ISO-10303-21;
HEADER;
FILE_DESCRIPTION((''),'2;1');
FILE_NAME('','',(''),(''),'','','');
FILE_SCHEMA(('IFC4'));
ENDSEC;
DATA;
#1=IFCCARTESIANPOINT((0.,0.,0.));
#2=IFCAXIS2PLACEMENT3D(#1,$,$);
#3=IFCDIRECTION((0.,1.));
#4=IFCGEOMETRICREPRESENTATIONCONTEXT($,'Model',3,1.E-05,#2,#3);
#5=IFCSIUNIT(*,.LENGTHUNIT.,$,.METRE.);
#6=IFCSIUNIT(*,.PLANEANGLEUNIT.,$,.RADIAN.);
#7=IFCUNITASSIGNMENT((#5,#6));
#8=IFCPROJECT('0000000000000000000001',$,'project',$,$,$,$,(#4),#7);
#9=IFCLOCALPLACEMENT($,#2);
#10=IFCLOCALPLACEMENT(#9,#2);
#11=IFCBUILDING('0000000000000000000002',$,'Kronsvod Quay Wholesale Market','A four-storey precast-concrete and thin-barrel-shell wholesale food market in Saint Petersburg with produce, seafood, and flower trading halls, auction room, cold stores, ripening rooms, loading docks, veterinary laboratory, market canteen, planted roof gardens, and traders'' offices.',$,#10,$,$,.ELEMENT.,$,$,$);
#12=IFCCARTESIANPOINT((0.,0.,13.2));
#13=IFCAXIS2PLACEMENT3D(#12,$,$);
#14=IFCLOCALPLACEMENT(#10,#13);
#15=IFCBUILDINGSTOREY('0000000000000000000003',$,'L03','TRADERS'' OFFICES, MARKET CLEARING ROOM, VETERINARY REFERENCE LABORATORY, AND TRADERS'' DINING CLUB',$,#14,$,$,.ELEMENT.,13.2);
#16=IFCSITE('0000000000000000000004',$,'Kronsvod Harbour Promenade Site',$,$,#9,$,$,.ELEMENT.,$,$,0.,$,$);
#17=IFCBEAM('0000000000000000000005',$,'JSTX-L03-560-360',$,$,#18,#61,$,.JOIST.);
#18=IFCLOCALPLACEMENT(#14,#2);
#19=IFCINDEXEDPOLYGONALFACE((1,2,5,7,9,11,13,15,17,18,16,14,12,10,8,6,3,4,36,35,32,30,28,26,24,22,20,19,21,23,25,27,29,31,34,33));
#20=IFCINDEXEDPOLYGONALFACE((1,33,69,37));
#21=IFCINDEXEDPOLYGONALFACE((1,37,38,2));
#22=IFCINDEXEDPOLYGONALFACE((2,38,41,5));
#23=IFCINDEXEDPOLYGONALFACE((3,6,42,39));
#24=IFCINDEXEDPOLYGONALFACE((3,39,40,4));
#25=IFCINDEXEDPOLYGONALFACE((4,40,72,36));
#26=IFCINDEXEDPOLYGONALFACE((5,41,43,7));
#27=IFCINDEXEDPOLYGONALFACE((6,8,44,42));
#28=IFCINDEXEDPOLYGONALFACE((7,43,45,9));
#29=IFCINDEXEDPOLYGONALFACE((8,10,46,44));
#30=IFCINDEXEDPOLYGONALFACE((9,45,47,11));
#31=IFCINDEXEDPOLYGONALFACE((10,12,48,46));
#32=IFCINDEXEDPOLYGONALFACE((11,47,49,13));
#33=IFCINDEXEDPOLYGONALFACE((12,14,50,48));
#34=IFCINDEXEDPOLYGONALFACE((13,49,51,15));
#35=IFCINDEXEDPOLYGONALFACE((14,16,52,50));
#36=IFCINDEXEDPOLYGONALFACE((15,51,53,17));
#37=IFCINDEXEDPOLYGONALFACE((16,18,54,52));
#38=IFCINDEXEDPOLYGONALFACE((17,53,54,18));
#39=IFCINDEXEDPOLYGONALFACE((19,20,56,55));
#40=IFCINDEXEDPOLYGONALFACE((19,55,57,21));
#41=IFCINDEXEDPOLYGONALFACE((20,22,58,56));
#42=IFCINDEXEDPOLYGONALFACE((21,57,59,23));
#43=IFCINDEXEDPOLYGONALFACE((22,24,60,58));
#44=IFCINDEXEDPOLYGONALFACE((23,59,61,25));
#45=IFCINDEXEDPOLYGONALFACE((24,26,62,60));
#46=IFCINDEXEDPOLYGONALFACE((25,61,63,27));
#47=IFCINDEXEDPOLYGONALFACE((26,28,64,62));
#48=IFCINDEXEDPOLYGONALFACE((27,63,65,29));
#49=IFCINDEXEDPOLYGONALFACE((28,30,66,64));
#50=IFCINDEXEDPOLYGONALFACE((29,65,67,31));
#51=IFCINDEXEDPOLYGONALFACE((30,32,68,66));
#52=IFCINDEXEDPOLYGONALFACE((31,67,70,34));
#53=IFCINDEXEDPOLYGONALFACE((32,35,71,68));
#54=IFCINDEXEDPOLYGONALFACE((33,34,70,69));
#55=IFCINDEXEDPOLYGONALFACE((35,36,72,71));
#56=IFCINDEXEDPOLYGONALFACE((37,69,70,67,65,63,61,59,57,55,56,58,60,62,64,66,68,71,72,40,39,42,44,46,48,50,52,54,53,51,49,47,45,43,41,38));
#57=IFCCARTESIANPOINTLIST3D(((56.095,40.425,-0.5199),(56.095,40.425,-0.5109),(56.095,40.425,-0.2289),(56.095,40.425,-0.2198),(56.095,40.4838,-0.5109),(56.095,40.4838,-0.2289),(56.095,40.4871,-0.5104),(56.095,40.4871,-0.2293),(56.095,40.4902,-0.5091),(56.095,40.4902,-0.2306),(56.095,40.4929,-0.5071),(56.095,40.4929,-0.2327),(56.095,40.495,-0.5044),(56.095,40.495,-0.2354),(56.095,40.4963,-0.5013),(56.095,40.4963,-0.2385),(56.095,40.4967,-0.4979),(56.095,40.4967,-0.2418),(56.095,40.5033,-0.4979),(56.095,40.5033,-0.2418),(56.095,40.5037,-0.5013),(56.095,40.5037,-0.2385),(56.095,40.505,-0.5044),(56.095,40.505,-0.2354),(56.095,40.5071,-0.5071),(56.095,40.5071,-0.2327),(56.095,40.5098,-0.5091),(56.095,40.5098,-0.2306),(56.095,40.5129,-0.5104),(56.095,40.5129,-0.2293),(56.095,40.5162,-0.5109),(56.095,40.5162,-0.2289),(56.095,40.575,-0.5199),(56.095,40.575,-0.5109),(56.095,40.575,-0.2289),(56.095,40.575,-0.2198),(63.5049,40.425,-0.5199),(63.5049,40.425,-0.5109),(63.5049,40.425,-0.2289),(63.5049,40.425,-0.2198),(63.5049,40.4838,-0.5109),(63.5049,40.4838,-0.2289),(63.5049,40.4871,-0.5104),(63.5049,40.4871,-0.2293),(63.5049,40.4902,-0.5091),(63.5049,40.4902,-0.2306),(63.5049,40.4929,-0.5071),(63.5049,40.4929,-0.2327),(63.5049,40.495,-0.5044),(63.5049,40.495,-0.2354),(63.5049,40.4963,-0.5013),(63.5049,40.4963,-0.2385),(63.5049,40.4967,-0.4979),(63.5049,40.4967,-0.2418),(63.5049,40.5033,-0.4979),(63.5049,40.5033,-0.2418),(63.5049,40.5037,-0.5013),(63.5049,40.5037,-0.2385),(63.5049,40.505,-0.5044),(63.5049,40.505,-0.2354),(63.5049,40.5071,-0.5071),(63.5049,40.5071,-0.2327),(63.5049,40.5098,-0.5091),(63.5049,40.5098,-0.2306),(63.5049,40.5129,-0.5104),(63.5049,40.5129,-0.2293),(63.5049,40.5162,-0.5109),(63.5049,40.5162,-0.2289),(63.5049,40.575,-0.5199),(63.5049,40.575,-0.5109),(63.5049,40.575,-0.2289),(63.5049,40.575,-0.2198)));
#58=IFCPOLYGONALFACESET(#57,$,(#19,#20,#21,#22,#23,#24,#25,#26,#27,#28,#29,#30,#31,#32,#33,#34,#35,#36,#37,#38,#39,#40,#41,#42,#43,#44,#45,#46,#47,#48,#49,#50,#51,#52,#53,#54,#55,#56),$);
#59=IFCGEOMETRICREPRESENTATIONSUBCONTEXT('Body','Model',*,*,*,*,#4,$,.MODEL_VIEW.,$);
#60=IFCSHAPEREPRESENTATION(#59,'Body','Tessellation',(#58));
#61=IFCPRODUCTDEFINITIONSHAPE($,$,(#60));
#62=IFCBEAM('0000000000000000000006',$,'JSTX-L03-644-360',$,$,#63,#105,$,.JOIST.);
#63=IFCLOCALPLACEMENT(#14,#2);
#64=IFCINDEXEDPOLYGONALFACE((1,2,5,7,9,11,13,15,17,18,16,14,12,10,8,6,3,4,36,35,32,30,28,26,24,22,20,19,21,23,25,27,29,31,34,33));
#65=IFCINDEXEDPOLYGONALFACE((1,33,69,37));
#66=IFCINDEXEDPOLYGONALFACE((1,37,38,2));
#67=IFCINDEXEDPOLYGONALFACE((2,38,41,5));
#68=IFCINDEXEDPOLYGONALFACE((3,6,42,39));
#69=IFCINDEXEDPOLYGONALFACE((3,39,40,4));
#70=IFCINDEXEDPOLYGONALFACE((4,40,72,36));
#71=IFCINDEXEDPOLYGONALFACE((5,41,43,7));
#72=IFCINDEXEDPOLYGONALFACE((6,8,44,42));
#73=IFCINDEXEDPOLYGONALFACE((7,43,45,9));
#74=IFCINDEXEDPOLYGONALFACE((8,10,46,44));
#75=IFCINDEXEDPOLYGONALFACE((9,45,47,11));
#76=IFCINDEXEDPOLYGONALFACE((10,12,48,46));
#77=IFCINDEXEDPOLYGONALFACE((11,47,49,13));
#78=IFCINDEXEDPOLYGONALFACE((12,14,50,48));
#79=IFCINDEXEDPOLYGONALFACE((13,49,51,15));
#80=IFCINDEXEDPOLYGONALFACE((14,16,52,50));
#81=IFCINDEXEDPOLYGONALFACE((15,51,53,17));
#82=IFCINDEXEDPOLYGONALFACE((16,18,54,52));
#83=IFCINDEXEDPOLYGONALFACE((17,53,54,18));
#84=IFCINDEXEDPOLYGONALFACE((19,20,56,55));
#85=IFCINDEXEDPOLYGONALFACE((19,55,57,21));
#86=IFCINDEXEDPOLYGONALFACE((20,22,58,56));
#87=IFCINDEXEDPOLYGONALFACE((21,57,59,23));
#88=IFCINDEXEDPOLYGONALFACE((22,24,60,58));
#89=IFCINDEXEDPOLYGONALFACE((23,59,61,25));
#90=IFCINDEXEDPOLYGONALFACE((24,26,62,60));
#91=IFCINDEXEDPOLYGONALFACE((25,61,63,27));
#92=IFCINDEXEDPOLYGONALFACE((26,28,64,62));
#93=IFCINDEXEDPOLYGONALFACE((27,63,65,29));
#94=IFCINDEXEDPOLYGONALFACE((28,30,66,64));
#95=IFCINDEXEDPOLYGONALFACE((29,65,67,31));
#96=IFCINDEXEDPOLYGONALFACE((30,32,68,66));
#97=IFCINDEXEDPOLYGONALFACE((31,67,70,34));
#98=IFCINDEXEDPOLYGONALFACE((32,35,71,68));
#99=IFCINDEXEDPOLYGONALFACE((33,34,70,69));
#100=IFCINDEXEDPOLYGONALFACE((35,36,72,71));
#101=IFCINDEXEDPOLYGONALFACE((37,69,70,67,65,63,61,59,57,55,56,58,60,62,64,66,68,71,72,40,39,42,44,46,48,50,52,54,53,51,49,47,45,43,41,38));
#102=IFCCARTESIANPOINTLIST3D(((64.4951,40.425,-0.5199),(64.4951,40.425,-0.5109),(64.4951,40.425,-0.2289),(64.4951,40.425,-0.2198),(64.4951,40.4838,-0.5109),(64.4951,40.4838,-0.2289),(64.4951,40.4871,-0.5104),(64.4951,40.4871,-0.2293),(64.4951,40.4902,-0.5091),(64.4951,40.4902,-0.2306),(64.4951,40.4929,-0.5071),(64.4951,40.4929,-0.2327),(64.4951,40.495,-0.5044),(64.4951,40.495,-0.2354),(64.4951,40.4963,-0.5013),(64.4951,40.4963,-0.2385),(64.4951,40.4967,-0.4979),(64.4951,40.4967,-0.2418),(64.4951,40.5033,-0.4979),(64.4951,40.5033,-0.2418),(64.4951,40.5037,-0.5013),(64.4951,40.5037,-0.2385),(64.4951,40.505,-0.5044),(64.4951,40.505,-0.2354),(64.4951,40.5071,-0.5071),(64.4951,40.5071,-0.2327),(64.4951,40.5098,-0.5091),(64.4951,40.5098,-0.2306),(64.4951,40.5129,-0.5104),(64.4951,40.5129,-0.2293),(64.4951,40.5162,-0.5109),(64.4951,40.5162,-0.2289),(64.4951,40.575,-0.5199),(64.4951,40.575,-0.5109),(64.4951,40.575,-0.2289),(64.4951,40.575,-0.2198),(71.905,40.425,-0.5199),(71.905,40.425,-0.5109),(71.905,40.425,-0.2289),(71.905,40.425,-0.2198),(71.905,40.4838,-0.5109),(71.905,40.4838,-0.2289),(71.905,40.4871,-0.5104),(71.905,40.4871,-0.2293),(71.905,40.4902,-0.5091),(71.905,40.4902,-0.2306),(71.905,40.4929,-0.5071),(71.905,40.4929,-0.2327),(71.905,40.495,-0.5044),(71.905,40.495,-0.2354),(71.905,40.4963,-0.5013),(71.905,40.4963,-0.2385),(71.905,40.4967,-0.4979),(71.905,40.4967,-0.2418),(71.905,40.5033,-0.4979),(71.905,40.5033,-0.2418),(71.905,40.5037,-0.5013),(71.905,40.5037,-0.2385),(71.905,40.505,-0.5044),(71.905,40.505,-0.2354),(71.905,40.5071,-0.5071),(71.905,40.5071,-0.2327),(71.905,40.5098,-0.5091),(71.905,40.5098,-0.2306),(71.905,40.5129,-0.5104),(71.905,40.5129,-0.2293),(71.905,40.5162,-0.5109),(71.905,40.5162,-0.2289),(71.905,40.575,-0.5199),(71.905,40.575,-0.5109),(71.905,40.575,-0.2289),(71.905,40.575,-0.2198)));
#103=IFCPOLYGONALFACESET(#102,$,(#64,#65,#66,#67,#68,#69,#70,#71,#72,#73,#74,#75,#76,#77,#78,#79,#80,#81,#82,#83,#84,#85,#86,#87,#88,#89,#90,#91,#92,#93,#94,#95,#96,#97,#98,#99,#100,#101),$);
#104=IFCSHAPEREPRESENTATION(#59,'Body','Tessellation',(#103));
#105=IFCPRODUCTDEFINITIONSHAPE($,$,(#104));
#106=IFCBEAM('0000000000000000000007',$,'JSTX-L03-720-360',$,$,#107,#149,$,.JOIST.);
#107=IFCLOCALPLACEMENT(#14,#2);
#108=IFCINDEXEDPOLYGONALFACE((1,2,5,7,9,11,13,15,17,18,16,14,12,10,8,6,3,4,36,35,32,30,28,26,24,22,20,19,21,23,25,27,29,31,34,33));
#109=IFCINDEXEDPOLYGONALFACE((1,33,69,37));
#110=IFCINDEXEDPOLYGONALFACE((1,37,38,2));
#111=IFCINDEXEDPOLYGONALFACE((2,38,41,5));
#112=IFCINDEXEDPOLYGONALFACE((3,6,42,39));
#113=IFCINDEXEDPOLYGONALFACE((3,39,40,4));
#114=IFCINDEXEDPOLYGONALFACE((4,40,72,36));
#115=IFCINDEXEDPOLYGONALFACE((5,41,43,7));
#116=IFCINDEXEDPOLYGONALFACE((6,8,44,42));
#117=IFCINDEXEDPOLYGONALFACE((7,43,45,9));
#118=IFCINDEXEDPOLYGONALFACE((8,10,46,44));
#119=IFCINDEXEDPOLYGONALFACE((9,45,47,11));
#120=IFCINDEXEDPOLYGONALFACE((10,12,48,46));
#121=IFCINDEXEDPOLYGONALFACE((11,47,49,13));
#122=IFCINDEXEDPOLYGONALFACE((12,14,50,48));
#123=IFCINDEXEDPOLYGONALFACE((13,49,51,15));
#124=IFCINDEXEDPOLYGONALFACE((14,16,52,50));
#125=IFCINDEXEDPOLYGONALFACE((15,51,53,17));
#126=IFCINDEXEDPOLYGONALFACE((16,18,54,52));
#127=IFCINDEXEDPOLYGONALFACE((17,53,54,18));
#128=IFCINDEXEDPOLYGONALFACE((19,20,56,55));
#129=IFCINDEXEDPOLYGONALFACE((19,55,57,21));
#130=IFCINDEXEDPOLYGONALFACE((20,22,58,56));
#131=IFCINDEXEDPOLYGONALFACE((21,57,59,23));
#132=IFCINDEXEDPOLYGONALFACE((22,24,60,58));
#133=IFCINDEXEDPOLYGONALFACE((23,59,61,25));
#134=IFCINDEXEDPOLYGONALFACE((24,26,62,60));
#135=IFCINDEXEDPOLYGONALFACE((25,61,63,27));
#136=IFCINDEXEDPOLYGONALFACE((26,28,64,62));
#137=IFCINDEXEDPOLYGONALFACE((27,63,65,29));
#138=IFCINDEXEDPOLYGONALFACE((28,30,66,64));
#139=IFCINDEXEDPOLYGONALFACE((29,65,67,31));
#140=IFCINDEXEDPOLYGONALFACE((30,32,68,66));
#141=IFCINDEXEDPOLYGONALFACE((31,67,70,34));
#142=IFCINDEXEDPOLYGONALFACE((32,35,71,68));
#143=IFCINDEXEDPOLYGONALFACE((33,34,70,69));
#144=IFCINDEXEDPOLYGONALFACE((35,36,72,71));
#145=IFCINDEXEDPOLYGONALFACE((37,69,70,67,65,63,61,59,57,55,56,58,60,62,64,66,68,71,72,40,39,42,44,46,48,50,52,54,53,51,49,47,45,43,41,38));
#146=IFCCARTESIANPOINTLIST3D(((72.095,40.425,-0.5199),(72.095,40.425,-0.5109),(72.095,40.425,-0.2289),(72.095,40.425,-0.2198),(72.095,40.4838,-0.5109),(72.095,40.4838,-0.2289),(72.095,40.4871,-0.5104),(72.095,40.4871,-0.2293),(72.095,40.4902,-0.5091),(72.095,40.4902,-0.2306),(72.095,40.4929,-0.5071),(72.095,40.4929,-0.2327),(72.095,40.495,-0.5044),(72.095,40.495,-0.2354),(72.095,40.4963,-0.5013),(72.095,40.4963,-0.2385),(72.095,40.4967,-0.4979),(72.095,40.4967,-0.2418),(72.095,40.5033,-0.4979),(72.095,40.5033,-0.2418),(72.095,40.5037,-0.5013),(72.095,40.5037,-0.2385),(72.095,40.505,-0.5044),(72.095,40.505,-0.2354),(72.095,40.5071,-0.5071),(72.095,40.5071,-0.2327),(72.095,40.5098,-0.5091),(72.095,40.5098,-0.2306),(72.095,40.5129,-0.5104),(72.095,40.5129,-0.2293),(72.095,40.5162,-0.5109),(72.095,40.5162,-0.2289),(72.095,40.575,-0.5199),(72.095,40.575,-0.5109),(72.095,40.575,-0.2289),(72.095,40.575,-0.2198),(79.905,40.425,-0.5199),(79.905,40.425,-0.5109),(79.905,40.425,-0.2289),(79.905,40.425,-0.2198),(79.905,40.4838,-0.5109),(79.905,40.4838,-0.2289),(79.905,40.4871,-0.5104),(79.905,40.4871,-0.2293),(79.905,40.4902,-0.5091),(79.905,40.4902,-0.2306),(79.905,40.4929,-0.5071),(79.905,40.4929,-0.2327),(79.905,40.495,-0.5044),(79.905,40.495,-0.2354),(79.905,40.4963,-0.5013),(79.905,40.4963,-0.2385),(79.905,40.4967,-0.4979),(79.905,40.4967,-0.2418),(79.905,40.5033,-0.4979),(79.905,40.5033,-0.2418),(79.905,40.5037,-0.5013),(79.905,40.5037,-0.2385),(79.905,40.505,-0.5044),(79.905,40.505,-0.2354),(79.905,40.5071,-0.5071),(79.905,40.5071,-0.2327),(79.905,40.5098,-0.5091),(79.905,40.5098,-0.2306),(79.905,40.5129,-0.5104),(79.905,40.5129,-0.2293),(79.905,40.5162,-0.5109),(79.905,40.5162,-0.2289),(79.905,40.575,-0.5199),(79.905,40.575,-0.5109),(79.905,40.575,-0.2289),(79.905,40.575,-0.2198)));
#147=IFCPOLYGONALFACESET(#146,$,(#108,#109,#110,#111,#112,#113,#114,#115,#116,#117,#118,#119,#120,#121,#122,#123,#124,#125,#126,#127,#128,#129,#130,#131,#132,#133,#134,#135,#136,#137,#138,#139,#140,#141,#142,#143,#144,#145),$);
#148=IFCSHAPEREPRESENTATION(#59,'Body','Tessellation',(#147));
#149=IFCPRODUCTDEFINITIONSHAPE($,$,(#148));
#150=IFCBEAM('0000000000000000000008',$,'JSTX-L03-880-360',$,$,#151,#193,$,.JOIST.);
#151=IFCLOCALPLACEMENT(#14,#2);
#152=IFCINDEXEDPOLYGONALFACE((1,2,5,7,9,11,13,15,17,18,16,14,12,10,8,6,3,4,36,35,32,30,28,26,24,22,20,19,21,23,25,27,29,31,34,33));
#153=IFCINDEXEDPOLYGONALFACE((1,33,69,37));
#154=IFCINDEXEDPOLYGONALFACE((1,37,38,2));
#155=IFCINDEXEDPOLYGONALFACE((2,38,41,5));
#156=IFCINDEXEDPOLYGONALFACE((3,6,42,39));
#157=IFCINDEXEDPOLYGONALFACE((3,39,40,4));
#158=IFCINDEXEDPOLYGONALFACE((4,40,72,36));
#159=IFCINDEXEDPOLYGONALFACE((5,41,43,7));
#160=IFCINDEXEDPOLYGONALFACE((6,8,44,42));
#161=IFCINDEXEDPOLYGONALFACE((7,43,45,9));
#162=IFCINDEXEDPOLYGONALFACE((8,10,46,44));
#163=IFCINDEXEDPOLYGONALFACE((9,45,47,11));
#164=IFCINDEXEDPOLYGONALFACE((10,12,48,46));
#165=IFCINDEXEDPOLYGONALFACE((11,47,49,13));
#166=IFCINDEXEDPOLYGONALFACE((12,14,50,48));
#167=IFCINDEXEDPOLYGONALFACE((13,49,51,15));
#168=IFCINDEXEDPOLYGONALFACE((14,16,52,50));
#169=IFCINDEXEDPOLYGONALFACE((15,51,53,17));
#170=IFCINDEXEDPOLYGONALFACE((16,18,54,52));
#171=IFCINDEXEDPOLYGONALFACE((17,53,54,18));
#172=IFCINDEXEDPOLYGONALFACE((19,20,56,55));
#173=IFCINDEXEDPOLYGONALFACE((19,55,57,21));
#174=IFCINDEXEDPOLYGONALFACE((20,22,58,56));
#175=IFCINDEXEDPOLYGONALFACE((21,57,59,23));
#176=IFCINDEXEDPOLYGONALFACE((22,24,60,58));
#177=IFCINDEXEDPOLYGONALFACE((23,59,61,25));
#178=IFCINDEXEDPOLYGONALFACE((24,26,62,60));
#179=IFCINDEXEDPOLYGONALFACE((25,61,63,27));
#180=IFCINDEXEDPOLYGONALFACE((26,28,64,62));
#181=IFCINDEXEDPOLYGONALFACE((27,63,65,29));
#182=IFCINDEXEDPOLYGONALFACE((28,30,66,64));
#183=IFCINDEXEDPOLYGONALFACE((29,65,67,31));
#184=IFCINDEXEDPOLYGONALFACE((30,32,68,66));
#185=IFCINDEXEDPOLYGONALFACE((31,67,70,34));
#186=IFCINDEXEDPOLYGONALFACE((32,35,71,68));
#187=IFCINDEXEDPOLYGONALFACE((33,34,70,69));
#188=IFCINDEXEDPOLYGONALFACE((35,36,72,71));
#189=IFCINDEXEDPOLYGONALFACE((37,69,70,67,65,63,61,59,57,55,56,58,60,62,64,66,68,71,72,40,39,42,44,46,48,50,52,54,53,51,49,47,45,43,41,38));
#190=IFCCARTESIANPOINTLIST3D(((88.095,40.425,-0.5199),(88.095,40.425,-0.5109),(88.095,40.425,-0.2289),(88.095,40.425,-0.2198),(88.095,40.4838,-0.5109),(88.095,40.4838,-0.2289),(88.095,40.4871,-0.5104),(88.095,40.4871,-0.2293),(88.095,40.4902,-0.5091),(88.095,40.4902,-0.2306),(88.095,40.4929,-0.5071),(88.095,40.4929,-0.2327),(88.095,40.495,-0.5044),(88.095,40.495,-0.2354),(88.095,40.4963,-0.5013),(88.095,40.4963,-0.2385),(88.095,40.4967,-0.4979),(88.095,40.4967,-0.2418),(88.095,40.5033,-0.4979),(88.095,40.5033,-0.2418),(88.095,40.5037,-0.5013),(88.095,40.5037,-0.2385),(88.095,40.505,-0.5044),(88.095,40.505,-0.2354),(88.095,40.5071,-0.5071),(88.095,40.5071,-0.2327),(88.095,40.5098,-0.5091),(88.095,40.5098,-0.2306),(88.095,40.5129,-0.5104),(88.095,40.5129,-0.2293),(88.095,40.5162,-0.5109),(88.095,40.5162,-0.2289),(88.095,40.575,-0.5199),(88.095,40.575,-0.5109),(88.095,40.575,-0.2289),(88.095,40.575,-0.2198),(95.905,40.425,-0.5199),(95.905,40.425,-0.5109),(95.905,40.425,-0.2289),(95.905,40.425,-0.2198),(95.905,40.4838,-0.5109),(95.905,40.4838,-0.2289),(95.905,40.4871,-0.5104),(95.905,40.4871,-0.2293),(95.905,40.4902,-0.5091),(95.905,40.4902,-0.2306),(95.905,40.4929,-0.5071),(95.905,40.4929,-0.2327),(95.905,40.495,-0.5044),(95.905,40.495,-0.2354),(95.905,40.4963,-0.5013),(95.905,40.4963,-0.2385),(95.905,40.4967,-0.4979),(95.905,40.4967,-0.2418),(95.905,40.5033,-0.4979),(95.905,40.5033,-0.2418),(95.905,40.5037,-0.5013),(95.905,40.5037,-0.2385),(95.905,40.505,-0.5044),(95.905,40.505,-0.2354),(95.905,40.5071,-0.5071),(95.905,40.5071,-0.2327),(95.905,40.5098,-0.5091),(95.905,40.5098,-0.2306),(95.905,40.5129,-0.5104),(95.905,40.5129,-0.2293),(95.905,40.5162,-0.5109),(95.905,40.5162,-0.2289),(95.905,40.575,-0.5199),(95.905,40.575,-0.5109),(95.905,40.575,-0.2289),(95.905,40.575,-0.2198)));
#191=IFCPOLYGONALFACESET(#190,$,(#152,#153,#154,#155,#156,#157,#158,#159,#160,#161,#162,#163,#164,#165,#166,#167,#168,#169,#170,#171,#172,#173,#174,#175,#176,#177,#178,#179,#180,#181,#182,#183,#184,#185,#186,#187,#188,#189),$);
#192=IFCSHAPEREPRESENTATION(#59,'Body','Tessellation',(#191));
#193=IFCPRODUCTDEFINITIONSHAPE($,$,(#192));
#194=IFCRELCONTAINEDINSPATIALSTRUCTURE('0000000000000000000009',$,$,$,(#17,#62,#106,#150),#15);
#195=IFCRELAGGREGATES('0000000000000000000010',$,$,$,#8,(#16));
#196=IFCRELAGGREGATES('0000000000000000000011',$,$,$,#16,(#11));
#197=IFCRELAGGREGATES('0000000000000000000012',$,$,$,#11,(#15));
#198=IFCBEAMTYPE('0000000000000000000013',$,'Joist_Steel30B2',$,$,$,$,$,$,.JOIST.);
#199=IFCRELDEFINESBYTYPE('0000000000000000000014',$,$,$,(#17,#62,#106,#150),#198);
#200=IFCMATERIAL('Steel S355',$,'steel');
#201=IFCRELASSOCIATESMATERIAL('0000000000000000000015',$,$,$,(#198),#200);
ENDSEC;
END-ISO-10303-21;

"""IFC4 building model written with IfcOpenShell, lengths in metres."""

from ifc_helpers import new_model, si_unit, direction, frame, origin, origin_2d, place, context, subcontext, project, spatial, i_section, extrude, material, material_profile, profile_set, type_object, element, save


model = new_model("IFC4")

# Units and contexts
model_context = context("Model", 3, precision=1e-05, world=origin(), true_north=direction((0.0, 1.0)))
body_context = subcontext(model_context, "Body", "Model", "MODEL_VIEW")
ifc_project = project(units=[si_unit("LENGTHUNIT", "METRE"), si_unit("PLANEANGLEUNIT", "RADIAN")], contexts=[model_context])

# Site, building, storey
site_placement = place(None, origin())
site = spatial("IfcSite", under=ifc_project, at=site_placement, Name="Kronsvod Harbour Promenade Site", CompositionType="ELEMENT", RefElevation=0.0)
building_placement = place(site_placement, origin())
building = spatial("IfcBuilding", under=site, at=building_placement, Name="Kronsvod Quay Wholesale Market", Description="A four-storey precast-concrete and thin-barrel-shell wholesale food market in Saint Petersburg with produce, seafood, and flower trading halls, auction room, cold stores, ripening rooms, loading docks, veterinary laboratory, market canteen, planted roof gardens, and traders' offices.", CompositionType="ELEMENT")
storey_placement = place(building_placement, frame((0.0, 0.0, 13.2)))
storey = spatial("IfcBuildingStorey", under=building, at=storey_placement, Name="L03", Description="TRADERS' OFFICES, MARKET CLEARING ROOM, VETERINARY REFERENCE LABORATORY, AND TRADERS' DINING CLUB", CompositionType="ELEMENT", Elevation=13.2)

# Beams
ifc_material_1 = material(Name="Steel S355", Category="steel")
ifc_material_profile_1 = material_profile(ifc_material_1, i_section(OverallWidth=0.1499, OverallDepth=0.3, WebThickness=0.0066, FlangeThickness=0.009, FilletRadius=0.0129, at=origin_2d()), Name="30B2")
ifc_profile_set_1 = profile_set([ifc_material_profile_1], Name="Steel S355")
beam_type_1 = type_object("IfcBeamType", Name="Joist_Steel30B2", PredefinedType="JOIST", material=ifc_profile_set_1)
for number, where, z_axis, x_axis, name in (
    (1, (56.095, 40.5, -0.3699), (1.0, 0.0, 0.0), (0.0, 1.0, 0.0), "JSTX-L03-560-360"),
    (2, (64.4951, 40.5, -0.3699), (1.0, 0.0, 0.0), (0.0, 1.0, 0.0), "JSTX-L03-644-360"),
):
    element("IfcBeam", number, at=place(storey_placement, frame(where, z_axis=z_axis, x_axis=x_axis)), inside=storey, type_object=beam_type_1, Name=name, PredefinedType="JOIST", context=body_context, shape_type="SweptSolid", body=[
        extrude(i_section(OverallWidth=0.1499, OverallDepth=0.3, WebThickness=0.0066, FlangeThickness=0.009, FilletRadius=0.0129, at=origin_2d()), origin(), (0.0, 0.0, 1.0), 7.4099),
    ])
for number, where, z_axis, x_axis, name in (
    (3, (72.095, 40.5, -0.3699), (1.0, 0.0, 0.0), (0.0, 1.0, 0.0), "JSTX-L03-720-360"),
    (4, (88.095, 40.5, -0.3699), (1.0, 0.0, 0.0), (0.0, 1.0, 0.0), "JSTX-L03-880-360"),
):
    element("IfcBeam", number, at=place(storey_placement, frame(where, z_axis=z_axis, x_axis=x_axis)), inside=storey, type_object=beam_type_1, Name=name, PredefinedType="JOIST", context=body_context, shape_type="SweptSolid", body=[
        extrude(i_section(OverallWidth=0.1499, OverallDepth=0.3, WebThickness=0.0066, FlangeThickness=0.009, FilletRadius=0.0129, at=origin_2d()), origin(), (0.0, 0.0, 1.0), 7.8101),
    ])

save(model, "model.ifc")
